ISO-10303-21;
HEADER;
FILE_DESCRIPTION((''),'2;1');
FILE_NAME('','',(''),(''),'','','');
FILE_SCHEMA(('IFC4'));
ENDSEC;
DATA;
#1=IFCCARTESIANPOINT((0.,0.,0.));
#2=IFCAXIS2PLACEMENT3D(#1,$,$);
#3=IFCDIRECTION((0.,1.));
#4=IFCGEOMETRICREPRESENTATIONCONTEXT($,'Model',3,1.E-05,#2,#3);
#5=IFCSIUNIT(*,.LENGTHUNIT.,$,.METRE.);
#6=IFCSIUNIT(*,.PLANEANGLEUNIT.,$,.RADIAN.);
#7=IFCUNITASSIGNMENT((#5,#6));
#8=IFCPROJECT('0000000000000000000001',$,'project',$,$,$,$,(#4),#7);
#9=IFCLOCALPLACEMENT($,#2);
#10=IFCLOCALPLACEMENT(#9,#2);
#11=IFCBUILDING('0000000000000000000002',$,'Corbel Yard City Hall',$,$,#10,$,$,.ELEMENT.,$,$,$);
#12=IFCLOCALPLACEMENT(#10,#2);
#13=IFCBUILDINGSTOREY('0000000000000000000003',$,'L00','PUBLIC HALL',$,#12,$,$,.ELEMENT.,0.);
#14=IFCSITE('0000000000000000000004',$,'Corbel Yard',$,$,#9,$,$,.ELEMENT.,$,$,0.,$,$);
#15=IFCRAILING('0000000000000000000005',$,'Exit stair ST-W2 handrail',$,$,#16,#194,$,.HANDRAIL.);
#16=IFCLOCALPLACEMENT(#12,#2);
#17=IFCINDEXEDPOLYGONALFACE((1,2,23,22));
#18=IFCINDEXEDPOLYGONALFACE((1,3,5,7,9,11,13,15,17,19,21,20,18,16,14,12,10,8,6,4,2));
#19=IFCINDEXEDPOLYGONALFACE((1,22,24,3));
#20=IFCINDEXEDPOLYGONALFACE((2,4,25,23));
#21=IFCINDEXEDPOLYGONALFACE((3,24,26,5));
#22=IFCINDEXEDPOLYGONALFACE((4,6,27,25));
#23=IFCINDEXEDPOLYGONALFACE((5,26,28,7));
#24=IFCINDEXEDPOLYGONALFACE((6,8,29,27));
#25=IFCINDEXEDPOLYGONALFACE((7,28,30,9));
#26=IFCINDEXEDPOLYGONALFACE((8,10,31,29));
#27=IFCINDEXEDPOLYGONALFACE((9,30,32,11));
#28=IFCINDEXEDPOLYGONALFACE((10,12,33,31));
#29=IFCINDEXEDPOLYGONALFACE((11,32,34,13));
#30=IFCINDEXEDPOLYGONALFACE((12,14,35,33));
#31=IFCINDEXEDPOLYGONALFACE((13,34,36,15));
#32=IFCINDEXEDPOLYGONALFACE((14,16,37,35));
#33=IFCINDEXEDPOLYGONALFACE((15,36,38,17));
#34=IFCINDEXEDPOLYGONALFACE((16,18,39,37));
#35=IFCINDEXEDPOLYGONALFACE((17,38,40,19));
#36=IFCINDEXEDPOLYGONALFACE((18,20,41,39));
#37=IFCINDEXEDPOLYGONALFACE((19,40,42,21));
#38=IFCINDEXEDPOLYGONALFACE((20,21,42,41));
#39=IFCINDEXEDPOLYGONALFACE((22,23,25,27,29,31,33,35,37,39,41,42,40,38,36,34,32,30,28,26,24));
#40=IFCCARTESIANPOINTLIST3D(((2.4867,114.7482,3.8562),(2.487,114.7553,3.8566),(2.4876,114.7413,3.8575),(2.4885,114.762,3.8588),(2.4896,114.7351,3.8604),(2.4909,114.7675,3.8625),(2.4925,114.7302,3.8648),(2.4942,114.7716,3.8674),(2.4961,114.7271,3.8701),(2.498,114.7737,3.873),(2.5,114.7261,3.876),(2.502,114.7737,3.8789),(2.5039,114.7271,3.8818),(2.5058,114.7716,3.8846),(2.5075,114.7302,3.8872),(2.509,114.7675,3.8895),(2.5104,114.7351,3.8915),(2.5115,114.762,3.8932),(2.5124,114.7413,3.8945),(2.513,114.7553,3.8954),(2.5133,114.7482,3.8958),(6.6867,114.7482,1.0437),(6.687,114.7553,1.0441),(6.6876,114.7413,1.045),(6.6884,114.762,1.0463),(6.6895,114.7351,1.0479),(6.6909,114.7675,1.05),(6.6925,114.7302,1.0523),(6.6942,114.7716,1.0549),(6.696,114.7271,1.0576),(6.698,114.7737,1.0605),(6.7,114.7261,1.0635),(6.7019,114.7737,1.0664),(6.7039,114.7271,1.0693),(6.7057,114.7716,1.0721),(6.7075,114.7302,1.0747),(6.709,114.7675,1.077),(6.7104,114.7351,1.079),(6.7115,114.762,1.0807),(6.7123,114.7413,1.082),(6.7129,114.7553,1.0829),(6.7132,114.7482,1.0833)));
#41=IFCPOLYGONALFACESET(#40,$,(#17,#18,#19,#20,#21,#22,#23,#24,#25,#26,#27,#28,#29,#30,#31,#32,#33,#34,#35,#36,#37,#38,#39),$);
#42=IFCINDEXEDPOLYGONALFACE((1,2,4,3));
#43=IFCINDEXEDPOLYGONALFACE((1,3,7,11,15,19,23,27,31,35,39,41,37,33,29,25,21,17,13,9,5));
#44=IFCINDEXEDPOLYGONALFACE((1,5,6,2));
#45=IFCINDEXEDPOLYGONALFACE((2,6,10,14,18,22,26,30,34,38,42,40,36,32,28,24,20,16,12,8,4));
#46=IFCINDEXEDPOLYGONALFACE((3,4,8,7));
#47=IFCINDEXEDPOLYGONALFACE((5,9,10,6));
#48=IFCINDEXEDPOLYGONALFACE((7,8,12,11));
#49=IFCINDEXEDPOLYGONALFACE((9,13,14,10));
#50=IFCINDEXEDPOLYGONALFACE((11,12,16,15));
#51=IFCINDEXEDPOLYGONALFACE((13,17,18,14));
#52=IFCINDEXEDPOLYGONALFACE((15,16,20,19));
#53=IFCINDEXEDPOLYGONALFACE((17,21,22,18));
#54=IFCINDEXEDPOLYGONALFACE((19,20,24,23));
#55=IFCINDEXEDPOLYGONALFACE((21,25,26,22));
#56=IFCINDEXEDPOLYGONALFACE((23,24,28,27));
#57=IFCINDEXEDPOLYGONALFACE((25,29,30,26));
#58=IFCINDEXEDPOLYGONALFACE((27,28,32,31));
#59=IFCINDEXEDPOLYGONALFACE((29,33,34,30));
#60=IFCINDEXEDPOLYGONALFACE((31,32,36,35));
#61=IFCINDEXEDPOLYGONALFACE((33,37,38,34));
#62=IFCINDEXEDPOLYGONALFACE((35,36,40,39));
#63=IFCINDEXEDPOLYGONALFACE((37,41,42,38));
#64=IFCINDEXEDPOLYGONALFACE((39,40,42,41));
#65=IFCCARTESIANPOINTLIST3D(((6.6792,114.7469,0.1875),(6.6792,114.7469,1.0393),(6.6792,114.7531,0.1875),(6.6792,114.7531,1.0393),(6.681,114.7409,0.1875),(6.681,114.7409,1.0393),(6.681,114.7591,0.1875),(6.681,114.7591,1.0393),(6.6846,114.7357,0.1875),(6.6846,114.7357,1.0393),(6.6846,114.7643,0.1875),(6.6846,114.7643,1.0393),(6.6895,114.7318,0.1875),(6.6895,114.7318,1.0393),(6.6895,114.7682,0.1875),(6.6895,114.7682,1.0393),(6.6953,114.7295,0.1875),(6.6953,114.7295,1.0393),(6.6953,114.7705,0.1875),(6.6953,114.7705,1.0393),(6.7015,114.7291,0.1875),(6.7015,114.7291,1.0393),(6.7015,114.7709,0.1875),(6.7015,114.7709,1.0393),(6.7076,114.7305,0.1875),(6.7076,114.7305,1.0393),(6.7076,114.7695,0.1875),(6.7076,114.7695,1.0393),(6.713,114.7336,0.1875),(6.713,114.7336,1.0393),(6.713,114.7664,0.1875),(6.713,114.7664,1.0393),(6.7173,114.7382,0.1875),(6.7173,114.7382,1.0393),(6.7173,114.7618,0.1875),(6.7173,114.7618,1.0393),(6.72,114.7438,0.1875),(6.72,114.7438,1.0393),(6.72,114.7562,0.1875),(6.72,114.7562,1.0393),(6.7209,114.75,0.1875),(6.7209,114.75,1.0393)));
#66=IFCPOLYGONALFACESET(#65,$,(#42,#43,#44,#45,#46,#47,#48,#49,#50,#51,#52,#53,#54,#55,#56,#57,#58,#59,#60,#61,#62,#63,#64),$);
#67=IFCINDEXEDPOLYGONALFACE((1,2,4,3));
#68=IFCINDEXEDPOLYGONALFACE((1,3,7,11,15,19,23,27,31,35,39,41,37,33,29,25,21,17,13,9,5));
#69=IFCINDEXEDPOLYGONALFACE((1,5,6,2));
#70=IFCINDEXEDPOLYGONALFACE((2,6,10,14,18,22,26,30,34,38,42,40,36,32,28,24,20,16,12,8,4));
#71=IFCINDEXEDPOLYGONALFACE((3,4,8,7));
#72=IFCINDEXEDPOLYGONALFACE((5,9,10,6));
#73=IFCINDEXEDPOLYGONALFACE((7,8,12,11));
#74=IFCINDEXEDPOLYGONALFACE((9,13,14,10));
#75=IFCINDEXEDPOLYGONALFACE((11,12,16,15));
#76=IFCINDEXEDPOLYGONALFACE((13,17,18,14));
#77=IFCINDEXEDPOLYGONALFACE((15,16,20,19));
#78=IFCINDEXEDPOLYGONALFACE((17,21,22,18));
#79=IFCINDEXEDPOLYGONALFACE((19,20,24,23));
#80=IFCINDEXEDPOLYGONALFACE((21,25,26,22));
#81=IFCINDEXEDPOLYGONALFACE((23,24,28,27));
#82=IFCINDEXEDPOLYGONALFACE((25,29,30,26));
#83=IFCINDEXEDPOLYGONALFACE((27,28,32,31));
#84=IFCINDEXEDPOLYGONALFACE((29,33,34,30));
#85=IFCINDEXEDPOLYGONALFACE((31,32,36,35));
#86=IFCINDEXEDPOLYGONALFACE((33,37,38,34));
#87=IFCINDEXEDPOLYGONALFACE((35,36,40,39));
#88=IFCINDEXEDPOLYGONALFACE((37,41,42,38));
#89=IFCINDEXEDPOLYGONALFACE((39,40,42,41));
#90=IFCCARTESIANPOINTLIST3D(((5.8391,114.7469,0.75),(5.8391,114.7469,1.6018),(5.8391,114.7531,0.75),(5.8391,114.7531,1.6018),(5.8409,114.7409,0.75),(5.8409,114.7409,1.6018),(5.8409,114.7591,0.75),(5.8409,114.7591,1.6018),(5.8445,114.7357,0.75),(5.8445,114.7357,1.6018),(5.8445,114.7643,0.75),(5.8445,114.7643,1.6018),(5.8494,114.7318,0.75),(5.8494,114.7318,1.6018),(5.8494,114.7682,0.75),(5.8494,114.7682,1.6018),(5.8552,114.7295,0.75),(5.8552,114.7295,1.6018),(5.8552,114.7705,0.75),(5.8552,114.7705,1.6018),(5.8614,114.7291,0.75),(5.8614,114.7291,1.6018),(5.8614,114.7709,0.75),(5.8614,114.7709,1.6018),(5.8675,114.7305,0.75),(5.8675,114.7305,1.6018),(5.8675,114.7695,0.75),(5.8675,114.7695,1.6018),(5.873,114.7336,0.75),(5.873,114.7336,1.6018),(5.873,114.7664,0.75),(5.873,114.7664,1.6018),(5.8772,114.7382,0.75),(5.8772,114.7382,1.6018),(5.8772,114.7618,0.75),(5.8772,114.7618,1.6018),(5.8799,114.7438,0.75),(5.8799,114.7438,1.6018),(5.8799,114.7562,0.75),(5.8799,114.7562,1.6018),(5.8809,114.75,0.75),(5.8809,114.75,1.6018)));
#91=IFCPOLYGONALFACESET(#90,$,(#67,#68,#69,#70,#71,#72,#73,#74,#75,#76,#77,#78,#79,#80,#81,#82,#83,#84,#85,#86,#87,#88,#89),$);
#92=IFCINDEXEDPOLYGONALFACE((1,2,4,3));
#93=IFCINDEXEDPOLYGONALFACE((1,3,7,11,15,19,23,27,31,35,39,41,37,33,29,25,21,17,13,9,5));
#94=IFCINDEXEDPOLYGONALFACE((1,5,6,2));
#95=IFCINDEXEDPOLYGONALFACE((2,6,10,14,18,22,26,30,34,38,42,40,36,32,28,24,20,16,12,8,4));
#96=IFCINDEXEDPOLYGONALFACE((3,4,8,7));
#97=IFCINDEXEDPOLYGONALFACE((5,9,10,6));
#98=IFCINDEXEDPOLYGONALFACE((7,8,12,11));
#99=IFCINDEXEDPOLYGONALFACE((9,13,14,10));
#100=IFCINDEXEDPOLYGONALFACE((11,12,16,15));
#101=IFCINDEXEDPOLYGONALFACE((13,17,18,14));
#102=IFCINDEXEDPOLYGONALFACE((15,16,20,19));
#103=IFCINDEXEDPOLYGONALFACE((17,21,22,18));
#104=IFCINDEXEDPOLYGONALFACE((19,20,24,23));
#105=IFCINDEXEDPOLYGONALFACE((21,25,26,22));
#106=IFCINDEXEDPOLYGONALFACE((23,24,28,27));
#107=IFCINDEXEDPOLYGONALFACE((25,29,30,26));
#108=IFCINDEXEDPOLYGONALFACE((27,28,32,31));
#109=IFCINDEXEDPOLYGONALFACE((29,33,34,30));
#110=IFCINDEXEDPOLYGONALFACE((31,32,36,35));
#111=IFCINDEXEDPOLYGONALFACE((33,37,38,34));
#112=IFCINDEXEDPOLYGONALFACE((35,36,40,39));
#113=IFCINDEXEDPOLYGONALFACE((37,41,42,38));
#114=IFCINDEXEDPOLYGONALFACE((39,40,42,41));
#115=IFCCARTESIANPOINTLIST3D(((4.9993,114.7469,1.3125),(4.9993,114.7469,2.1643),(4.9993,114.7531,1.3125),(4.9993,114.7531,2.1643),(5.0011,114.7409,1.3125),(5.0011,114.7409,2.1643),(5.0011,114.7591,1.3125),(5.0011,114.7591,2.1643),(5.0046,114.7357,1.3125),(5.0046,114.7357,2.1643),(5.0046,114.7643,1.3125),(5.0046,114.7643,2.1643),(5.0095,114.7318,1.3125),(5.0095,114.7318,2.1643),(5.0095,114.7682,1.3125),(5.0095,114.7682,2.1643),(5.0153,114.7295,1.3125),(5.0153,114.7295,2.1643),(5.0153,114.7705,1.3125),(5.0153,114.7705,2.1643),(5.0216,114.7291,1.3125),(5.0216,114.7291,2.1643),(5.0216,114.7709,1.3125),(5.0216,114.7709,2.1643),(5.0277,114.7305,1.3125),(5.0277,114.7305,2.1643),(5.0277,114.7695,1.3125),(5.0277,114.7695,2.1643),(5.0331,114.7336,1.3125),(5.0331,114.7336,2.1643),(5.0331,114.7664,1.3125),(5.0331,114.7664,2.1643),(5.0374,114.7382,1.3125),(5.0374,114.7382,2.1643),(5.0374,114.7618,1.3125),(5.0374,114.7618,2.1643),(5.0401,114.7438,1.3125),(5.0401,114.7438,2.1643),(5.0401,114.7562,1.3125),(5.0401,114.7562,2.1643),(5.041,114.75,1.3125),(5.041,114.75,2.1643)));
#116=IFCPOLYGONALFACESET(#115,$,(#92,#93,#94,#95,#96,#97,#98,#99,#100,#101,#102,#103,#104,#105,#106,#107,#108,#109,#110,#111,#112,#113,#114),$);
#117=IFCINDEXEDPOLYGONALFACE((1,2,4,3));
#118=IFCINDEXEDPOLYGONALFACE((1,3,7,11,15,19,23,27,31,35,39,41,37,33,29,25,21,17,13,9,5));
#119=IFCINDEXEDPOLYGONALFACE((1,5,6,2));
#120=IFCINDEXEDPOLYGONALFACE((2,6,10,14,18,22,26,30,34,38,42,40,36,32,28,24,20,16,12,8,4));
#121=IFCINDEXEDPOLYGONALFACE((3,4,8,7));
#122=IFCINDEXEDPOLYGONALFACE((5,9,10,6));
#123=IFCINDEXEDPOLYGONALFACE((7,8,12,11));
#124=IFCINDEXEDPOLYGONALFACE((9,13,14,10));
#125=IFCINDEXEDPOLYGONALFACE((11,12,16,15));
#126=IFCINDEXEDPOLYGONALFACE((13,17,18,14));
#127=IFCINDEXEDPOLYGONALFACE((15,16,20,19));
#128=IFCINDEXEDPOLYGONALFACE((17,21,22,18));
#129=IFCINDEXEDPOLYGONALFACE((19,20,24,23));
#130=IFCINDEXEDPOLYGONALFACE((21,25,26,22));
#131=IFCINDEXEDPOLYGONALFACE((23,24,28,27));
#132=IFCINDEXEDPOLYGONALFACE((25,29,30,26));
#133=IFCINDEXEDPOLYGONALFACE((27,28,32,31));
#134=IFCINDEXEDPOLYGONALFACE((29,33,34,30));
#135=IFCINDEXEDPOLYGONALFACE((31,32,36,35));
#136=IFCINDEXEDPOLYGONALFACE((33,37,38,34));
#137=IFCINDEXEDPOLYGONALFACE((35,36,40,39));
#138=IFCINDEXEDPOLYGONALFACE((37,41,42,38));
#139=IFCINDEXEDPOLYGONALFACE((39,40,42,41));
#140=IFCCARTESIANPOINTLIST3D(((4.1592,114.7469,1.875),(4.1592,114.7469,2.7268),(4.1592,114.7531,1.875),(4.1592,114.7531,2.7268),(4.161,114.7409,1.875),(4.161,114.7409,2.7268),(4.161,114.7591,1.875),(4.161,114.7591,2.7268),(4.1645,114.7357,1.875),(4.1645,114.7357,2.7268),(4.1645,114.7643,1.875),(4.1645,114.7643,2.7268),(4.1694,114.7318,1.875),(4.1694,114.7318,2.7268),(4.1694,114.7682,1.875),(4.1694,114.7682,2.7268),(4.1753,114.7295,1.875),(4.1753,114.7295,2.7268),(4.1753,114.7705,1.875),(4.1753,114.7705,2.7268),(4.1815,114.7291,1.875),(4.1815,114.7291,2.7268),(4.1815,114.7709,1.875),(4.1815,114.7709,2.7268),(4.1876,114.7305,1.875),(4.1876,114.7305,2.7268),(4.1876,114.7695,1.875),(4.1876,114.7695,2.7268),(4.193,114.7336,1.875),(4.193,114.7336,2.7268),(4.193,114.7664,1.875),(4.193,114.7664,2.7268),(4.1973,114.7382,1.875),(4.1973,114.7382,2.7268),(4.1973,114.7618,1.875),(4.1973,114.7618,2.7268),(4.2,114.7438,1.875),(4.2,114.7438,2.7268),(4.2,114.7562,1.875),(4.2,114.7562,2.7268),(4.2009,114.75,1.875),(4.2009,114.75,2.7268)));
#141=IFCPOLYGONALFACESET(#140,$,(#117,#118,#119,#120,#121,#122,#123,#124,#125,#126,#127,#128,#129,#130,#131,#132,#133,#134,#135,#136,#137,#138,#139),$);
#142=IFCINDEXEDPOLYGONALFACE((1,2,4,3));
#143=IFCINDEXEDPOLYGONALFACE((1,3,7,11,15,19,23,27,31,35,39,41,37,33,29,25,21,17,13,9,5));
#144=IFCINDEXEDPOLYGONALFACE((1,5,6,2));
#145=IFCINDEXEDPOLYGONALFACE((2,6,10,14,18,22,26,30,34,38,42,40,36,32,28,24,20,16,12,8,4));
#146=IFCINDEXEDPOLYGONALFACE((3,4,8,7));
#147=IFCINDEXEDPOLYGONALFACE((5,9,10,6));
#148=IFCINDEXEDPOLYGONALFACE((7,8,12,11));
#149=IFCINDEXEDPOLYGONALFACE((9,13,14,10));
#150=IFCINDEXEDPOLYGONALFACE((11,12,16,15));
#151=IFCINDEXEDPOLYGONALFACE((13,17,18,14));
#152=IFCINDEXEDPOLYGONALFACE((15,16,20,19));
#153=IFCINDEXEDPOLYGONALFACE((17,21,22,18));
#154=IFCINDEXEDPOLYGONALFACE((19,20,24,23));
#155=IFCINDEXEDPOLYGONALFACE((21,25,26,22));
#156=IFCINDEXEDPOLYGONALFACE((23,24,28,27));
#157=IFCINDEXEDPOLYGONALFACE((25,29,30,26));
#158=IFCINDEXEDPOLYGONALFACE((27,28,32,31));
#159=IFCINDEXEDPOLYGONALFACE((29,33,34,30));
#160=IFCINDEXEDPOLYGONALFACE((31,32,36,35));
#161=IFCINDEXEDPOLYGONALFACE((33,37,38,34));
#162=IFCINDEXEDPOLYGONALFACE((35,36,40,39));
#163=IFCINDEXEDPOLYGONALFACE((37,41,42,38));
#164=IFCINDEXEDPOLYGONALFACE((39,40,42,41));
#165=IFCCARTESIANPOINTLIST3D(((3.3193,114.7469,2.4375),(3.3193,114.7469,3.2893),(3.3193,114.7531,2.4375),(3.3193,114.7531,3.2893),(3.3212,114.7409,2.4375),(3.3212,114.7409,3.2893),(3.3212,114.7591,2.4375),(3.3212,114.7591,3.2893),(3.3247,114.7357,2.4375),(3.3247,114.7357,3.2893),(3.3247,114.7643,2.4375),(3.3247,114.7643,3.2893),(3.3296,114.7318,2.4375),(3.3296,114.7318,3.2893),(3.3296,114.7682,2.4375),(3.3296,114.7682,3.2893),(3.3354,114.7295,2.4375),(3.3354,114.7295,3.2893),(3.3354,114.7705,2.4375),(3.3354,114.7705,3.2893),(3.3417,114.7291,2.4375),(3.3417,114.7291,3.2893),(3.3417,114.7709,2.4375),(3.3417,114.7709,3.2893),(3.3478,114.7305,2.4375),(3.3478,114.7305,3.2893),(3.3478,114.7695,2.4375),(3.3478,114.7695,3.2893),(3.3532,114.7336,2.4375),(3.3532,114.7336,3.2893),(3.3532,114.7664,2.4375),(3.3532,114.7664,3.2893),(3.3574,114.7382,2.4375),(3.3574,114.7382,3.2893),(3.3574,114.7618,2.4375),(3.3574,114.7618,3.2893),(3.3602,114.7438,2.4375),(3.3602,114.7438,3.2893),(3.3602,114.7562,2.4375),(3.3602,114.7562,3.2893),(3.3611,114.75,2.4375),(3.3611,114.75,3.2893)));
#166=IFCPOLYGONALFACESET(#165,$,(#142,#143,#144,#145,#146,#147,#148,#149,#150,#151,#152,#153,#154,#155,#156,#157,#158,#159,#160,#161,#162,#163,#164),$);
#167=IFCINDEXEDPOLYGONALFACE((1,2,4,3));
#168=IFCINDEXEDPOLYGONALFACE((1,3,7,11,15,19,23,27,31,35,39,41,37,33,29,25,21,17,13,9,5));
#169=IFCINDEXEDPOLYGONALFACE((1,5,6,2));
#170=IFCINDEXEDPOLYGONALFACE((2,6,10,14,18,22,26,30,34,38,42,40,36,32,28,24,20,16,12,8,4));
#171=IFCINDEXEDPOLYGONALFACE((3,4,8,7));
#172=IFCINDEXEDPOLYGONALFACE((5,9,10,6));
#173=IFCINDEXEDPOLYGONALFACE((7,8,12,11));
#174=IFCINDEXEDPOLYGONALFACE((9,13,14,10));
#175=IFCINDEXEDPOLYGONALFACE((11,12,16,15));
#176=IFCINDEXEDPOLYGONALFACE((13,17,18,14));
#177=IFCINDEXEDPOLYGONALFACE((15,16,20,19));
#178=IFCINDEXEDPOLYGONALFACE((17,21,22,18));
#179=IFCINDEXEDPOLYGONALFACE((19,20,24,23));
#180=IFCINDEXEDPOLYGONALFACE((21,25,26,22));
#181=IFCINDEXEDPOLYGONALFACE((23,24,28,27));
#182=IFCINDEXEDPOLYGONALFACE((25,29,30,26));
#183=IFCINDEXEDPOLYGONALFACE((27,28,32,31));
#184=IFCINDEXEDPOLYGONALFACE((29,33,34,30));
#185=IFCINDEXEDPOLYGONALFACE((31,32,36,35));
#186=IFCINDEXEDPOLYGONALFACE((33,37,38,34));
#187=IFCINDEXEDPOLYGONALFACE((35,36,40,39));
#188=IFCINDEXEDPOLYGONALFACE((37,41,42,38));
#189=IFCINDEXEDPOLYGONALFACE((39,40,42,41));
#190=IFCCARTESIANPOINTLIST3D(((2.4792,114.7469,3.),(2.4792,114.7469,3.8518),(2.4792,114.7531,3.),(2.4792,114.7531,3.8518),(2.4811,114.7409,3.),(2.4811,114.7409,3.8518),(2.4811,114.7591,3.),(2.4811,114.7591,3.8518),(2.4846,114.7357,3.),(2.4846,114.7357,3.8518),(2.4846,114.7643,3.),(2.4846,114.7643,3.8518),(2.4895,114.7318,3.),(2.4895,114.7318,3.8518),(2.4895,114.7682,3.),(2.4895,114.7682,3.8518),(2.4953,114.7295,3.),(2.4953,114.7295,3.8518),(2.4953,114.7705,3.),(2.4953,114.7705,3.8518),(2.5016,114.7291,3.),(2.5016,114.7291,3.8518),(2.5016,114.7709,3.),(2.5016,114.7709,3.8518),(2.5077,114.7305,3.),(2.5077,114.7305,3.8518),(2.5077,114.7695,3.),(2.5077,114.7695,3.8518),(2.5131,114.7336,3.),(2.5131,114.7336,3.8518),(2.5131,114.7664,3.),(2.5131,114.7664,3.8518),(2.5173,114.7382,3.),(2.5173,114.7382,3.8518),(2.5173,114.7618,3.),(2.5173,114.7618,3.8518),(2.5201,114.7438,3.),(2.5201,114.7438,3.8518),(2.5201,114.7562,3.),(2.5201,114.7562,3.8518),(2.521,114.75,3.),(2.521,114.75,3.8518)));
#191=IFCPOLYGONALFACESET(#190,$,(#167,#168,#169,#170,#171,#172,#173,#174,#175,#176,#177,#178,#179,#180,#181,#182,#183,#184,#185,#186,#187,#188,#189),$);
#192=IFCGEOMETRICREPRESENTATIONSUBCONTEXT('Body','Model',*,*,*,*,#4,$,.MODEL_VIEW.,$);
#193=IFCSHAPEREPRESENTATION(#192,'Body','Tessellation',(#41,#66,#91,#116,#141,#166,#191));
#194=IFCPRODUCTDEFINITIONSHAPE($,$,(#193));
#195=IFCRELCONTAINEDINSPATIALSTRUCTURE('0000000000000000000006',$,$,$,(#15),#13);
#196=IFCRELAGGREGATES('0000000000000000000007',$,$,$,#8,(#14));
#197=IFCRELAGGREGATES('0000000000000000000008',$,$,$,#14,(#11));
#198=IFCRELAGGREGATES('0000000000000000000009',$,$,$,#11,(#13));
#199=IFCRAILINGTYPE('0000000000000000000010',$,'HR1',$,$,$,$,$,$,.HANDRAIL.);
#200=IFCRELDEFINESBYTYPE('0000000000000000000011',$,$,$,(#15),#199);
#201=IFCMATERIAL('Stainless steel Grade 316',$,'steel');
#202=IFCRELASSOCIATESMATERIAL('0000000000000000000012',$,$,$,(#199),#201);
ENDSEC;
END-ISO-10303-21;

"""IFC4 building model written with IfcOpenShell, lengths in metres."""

from ifc_helpers import new_model, si_unit, direction, frame, origin, origin_2d, place, context, subcontext, project, spatial, circle, extrude, material, type_object, element, save


model = new_model("IFC4")

# Units and contexts
model_context = context("Model", 3, precision=1e-05, world=origin(), true_north=direction((0.0, 1.0)))
body_context = subcontext(model_context, "Body", "Model", "MODEL_VIEW")
ifc_project = project(units=[si_unit("LENGTHUNIT", "METRE"), si_unit("PLANEANGLEUNIT", "RADIAN")], contexts=[model_context])

# Site, building, storey
site_placement = place(None, origin())
site = spatial("IfcSite", under=ifc_project, at=site_placement, Name="Corbel Yard", CompositionType="ELEMENT", RefElevation=0.0)
building_placement = place(site_placement, origin())
building = spatial("IfcBuilding", under=site, at=building_placement, Name="Corbel Yard City Hall", CompositionType="ELEMENT")
storey_placement = place(building_placement, origin())
storey = spatial("IfcBuildingStorey", under=building, at=storey_placement, Name="L00", Description="PUBLIC HALL", CompositionType="ELEMENT", Elevation=0.0)

# Shared definitions
ifc_material_1 = material(Name="Stainless steel Grade 316", Category="steel")

# Railing
railing_type = type_object("IfcRailingType", Name="HR1", PredefinedType="HANDRAIL", material=ifc_material_1)
for number, where, name in (
    (1, (6.7, 114.75, 0.1875), "Exit stair ST-W2 handrail"),
):
    element("IfcRailing", number, at=place(storey_placement, frame(where)), inside=storey, type_object=railing_type, Name=name, PredefinedType="HANDRAIL", context=body_context, shape_type="SweptSolid", body=[
        extrude(circle(Radius=0.0239, at=origin_2d()), frame((0.0, 0.0, 0.876), z_axis=(-0.830904, 0.0, 0.556416), x_axis=(0.0, -1.0, 0.0)), (0.0, 0.0, 1.0), 5.0547),
        extrude(circle(Radius=0.021, at=origin_2d()), origin(), (0.0, 0.0, 1.0), 0.8518),
        extrude(circle(Radius=0.021, at=origin_2d()), frame((-0.8401, 0.0, 0.5625)), (0.0, 0.0, 1.0), 0.8518),
        extrude(circle(Radius=0.021, at=origin_2d()), frame((-1.6799, 0.0, 1.125)), (0.0, 0.0, 1.0), 0.8518),
        extrude(circle(Radius=0.021, at=origin_2d()), frame((-2.52, 0.0, 1.6875)), (0.0, 0.0, 1.0), 0.8518),
        extrude(circle(Radius=0.021, at=origin_2d()), frame((-3.3599, 0.0, 2.25)), (0.0, 0.0, 1.0), 0.8518),
        extrude(circle(Radius=0.021, at=origin_2d()), frame((-4.2, 0.0, 2.8125)), (0.0, 0.0, 1.0), 0.8518),
    ])

save(model, "model.ifc")
